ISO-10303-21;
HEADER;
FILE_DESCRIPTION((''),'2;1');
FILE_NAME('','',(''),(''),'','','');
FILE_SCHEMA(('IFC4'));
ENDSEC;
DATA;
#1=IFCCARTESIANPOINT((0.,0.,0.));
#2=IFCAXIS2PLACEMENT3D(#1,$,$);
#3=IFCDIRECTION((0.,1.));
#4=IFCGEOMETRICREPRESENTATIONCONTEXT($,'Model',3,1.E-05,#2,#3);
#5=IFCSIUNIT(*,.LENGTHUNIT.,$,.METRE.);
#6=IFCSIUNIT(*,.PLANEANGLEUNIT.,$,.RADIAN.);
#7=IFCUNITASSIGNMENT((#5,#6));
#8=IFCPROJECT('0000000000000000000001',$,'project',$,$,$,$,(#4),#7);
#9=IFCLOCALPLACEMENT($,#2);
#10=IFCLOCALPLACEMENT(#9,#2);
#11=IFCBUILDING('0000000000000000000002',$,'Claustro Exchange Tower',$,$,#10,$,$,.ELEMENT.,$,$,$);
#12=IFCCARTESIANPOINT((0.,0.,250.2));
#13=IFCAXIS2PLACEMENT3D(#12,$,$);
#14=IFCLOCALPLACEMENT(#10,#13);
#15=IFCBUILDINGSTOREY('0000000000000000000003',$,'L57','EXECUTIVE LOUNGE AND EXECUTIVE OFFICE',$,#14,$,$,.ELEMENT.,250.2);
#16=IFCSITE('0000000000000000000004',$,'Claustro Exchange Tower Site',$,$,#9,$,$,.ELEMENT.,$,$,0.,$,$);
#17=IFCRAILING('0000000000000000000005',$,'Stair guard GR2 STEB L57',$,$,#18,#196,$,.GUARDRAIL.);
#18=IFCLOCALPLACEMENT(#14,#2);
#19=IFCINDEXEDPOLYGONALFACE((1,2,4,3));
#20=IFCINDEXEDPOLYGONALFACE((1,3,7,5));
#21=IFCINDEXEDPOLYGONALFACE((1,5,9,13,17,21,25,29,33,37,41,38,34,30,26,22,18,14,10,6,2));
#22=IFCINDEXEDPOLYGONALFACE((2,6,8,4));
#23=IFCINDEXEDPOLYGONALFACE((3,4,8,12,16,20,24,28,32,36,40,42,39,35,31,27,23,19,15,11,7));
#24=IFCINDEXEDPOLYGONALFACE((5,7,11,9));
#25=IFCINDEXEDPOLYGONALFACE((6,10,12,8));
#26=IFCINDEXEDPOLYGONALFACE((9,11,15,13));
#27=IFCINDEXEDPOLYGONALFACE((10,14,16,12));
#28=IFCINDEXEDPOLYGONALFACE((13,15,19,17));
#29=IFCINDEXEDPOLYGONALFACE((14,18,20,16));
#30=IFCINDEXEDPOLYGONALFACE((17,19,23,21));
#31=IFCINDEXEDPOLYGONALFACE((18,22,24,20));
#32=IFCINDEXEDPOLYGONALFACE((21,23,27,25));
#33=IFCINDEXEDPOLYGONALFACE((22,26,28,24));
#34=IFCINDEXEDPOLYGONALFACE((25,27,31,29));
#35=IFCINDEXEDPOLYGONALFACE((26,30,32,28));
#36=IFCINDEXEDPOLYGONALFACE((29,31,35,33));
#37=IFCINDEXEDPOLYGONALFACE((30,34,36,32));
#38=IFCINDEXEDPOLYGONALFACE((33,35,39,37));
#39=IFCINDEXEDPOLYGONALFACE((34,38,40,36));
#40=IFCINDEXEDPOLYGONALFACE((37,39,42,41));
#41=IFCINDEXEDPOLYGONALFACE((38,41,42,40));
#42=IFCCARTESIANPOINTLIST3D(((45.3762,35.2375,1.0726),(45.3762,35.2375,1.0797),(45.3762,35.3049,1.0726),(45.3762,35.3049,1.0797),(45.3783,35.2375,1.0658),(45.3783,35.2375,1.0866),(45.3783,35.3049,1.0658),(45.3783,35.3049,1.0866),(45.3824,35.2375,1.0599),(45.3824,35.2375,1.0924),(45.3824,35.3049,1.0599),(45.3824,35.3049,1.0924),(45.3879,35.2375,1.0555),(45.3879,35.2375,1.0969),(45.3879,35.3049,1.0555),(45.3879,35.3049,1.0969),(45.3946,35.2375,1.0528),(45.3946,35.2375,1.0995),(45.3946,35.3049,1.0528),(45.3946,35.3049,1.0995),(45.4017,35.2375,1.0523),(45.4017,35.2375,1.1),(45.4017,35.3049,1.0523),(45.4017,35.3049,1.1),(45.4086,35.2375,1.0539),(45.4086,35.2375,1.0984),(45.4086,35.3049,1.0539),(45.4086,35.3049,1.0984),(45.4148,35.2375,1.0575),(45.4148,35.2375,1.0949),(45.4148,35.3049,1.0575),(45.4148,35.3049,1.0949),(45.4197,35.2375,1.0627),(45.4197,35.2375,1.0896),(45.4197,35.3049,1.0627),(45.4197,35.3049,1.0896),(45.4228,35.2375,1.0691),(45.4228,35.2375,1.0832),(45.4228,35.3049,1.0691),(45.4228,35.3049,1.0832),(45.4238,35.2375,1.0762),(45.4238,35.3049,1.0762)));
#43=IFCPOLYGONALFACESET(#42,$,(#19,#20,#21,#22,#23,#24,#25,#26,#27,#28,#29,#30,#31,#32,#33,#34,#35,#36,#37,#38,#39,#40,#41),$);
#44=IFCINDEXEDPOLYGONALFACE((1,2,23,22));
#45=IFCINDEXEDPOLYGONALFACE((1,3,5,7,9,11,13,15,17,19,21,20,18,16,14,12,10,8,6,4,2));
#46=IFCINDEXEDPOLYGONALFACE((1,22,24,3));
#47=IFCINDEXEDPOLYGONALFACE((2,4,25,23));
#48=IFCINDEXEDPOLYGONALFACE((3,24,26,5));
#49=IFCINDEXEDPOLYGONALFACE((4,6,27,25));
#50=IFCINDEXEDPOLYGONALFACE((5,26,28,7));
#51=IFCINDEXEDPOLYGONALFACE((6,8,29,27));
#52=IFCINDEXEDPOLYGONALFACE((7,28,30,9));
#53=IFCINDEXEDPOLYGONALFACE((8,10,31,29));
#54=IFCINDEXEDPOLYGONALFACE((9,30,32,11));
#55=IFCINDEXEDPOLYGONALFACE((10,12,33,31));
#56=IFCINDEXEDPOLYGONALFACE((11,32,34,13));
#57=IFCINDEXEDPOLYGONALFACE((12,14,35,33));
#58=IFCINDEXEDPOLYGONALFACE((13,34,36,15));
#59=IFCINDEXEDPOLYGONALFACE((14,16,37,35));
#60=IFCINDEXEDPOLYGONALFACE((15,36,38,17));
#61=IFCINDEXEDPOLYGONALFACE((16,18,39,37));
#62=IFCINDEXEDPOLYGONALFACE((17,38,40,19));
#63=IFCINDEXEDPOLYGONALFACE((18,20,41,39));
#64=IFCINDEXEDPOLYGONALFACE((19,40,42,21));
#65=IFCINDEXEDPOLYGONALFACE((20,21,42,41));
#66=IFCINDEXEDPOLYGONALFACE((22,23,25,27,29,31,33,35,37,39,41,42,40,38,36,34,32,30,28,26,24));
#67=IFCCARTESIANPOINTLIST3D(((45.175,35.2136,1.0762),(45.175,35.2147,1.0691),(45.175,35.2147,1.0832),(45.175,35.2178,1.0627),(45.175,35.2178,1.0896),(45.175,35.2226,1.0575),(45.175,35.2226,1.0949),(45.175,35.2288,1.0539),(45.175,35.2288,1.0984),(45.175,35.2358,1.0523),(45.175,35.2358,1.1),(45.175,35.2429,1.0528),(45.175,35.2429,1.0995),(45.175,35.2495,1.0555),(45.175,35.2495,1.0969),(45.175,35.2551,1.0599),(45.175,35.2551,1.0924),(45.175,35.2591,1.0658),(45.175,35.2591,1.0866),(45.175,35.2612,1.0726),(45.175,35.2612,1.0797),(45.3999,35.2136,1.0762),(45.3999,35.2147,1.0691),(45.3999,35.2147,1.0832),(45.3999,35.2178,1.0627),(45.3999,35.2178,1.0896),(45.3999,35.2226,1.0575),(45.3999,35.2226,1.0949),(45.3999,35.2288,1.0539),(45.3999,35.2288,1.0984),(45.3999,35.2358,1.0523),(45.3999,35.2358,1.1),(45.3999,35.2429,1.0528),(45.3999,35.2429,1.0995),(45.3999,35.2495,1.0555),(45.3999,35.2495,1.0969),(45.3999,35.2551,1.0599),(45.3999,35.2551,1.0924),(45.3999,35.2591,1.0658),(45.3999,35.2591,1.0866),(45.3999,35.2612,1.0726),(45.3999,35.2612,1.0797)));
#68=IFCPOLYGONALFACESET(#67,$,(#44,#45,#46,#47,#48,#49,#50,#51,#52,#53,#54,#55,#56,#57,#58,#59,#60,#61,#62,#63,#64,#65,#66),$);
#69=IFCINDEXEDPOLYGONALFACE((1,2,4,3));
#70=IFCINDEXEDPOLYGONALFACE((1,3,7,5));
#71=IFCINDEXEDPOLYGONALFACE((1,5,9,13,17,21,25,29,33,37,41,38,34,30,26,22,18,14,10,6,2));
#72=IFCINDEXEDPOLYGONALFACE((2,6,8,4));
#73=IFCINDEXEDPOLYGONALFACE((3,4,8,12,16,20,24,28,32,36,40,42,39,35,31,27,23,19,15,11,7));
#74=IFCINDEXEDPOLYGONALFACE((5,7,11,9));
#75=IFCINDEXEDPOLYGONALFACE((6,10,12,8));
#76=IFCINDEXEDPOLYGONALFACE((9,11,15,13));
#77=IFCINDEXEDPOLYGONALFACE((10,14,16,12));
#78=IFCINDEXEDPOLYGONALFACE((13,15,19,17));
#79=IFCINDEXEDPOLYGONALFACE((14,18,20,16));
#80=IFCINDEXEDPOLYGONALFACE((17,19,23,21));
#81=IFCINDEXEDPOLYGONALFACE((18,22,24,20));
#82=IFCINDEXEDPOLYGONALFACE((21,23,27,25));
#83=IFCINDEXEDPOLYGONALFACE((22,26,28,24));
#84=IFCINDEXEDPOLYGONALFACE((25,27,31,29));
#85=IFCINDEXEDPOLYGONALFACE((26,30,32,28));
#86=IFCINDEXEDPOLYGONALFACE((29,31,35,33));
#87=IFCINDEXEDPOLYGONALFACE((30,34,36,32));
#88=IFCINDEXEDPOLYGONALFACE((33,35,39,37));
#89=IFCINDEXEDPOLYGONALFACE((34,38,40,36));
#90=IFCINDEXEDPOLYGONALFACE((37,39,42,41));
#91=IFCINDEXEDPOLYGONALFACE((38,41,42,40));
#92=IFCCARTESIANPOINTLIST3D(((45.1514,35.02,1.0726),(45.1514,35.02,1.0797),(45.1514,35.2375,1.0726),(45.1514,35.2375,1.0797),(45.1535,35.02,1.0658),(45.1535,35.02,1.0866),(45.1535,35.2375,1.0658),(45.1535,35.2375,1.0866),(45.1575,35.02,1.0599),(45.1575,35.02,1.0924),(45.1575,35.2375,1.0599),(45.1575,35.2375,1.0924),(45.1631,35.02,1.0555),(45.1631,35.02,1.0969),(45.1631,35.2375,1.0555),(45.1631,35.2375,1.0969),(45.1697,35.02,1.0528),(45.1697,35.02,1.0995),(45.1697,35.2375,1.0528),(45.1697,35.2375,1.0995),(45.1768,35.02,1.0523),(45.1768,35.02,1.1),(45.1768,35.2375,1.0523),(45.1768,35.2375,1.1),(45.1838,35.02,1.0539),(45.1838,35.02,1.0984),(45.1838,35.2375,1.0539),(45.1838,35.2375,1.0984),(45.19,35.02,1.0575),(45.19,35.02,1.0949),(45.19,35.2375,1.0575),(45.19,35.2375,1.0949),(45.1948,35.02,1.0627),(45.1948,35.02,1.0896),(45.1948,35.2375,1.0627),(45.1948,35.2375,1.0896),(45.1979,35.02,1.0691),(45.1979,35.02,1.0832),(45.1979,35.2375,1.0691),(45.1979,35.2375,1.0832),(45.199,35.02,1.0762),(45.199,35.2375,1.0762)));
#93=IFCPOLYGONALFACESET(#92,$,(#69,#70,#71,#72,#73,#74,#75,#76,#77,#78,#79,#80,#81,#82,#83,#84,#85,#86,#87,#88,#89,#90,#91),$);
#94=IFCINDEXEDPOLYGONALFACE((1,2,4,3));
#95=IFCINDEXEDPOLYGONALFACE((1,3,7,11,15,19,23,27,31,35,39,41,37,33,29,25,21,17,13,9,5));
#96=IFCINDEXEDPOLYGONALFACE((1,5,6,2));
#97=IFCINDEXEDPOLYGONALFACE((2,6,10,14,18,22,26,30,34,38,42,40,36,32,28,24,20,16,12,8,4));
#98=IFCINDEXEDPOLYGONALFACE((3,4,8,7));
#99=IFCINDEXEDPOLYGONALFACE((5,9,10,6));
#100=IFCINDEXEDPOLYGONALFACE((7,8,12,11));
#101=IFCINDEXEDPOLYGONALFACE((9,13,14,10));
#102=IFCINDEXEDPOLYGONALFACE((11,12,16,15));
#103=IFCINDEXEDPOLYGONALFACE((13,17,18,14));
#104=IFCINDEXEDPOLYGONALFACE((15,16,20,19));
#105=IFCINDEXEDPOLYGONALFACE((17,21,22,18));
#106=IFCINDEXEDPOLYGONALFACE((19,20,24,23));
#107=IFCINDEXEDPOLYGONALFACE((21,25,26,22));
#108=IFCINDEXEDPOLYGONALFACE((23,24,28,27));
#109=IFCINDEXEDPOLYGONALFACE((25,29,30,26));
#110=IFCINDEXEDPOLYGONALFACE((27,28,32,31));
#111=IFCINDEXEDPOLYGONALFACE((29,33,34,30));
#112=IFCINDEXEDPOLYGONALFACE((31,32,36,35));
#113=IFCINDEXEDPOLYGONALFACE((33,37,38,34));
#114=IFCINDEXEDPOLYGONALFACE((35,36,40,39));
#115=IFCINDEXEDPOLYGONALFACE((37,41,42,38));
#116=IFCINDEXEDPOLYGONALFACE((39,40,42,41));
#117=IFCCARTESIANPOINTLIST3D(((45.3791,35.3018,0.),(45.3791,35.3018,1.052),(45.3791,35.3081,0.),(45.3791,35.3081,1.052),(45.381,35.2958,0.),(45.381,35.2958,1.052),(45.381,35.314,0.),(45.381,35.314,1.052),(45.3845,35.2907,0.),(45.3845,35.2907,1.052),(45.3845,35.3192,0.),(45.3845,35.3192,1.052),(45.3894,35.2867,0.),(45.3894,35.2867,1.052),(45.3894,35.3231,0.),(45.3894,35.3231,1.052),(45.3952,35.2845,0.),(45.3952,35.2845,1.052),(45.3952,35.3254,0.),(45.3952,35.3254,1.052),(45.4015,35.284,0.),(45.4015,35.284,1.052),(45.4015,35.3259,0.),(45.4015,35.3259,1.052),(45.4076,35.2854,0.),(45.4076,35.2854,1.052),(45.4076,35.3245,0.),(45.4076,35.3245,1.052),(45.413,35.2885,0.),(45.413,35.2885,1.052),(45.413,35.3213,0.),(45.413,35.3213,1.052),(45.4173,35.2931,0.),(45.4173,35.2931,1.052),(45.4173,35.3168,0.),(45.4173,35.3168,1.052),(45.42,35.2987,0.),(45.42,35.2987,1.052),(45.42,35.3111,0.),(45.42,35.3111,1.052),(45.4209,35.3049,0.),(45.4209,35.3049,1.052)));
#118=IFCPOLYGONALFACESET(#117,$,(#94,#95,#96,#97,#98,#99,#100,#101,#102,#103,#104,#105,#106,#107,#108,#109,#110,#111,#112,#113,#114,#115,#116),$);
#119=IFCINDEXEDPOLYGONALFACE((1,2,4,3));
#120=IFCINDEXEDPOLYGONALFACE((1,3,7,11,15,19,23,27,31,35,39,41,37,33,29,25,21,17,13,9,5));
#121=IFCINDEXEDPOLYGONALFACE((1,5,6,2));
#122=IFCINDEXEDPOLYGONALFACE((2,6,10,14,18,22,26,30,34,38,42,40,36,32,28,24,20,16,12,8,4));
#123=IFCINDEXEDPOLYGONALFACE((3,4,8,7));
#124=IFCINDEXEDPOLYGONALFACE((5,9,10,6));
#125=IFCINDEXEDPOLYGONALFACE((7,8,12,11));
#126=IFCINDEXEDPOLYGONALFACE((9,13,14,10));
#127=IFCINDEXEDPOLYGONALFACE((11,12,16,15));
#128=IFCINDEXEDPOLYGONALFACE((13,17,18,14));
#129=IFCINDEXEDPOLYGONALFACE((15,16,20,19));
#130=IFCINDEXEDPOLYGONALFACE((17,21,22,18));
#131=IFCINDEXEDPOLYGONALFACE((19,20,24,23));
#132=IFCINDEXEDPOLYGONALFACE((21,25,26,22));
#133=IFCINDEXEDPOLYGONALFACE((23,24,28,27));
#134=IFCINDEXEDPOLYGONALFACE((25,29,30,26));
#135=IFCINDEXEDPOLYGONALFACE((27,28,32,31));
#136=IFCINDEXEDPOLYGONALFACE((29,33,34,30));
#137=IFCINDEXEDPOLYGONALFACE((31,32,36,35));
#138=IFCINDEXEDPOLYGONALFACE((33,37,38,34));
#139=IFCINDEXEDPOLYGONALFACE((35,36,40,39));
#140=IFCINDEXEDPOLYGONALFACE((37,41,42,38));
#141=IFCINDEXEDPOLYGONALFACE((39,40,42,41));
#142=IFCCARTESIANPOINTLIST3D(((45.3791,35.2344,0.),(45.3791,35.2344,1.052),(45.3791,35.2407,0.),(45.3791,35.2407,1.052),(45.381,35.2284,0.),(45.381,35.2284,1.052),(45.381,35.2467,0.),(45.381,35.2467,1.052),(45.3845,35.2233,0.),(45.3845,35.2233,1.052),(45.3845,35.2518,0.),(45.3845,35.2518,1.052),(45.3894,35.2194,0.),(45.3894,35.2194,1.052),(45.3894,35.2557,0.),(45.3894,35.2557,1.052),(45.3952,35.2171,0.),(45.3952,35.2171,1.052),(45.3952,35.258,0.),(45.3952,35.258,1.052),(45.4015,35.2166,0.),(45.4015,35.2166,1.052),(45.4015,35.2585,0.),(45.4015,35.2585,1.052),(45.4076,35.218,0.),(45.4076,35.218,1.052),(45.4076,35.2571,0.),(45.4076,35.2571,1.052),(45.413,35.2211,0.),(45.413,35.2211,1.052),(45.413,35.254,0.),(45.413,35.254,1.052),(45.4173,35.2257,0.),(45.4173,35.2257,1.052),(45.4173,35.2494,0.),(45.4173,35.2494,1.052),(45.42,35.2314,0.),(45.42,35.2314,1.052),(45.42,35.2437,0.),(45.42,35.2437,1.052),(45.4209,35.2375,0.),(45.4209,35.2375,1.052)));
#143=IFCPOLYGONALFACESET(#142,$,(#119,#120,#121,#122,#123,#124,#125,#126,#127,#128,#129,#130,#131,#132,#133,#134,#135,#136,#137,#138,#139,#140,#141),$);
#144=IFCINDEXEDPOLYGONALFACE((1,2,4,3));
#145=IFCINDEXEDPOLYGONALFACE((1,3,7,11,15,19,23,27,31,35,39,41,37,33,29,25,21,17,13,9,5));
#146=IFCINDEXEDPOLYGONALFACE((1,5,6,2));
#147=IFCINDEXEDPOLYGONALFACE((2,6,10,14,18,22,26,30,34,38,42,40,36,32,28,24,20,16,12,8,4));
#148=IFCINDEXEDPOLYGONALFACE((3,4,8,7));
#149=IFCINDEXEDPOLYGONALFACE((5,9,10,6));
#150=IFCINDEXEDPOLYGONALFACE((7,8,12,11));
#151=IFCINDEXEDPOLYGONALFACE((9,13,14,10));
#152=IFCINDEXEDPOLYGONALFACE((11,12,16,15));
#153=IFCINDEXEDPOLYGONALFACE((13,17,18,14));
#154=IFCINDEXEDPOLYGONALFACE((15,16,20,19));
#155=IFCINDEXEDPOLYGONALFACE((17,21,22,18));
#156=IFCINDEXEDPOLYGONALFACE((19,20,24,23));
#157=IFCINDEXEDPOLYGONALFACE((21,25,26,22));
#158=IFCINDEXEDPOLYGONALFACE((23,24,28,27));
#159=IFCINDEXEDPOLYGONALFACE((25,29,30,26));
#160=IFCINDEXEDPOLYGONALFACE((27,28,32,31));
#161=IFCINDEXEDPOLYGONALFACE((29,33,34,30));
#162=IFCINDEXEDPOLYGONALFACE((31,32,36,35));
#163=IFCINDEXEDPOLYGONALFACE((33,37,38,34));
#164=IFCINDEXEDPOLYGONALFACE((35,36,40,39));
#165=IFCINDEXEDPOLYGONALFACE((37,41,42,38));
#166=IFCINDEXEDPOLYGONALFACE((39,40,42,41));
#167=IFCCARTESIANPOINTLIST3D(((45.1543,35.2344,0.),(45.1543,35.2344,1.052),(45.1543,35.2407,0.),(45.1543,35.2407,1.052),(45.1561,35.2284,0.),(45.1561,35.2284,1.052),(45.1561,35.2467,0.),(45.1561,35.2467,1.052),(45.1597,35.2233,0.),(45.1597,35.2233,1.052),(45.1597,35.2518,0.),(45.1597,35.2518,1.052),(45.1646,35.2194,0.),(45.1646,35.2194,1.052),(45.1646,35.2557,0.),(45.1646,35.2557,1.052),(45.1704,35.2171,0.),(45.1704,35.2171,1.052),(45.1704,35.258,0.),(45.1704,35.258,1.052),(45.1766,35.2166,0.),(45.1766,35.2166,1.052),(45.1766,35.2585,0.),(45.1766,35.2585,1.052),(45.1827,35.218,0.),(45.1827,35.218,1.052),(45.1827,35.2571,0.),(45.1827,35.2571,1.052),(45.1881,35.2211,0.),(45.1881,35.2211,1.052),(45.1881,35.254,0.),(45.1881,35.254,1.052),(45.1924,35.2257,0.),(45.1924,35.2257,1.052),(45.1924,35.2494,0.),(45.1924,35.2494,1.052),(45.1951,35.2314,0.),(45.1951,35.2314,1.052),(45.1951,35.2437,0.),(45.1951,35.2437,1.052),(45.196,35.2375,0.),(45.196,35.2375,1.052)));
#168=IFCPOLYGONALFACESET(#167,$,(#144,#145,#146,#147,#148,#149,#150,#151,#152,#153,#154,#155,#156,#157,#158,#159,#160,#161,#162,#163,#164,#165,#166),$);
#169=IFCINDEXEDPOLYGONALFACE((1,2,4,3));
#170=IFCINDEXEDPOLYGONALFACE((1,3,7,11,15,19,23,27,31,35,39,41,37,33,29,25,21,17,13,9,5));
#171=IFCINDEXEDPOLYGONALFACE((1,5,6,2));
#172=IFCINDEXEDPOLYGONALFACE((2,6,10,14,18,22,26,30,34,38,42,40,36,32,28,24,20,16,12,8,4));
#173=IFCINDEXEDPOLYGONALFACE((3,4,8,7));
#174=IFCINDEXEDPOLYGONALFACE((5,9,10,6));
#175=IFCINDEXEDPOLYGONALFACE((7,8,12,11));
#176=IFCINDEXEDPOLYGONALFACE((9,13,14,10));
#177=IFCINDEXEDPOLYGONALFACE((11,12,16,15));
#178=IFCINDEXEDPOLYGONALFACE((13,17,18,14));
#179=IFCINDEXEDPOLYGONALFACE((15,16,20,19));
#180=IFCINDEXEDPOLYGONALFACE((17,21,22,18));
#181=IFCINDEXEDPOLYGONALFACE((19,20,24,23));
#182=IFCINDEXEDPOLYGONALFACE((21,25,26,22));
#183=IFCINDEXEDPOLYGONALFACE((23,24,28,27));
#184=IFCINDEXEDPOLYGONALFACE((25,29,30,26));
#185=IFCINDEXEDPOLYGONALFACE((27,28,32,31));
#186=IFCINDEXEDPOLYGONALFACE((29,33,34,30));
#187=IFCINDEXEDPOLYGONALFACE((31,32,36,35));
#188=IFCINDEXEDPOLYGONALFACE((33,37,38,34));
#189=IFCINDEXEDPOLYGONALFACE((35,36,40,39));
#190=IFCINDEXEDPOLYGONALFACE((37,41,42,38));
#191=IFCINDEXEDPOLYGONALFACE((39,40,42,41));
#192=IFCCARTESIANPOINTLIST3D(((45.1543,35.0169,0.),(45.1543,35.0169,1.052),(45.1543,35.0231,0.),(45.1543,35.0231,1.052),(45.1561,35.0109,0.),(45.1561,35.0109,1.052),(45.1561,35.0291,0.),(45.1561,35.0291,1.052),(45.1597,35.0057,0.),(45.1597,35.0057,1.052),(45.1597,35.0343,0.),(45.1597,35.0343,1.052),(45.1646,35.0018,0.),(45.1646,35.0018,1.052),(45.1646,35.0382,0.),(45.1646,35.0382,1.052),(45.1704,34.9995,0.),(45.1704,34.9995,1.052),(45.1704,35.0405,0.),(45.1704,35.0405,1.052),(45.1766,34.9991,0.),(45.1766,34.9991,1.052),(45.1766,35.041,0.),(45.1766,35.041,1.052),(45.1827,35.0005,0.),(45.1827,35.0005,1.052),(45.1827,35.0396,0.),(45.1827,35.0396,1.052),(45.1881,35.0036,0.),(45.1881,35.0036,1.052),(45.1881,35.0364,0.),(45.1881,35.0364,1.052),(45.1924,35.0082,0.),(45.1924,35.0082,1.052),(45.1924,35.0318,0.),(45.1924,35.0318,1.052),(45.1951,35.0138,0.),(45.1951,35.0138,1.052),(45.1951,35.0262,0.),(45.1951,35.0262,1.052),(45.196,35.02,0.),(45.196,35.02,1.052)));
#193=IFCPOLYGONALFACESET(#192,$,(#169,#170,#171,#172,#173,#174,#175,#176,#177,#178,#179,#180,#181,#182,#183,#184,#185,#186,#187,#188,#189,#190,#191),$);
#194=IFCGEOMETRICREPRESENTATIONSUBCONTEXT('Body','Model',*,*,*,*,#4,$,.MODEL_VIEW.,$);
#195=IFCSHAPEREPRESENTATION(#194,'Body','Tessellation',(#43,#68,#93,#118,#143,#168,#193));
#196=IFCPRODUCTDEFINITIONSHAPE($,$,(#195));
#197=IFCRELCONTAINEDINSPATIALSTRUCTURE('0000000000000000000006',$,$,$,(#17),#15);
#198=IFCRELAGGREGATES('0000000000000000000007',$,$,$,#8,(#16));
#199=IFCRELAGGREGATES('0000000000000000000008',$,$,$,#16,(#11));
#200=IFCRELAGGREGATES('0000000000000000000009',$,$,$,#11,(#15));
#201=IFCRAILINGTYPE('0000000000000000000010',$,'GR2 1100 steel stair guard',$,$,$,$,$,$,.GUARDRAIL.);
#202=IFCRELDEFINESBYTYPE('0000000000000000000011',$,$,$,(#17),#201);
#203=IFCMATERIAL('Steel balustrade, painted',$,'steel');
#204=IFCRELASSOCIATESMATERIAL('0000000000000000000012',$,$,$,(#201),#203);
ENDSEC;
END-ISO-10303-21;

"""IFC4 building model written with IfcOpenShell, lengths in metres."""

from ifc_helpers import new_model, si_unit, direction, frame, origin, origin_2d, place, context, subcontext, project, spatial, circle, extrude, material, type_object, element, save


model = new_model("IFC4")

# Units and contexts
model_context = context("Model", 3, precision=1e-05, world=origin(), true_north=direction((0.0, 1.0)))
body_context = subcontext(model_context, "Body", "Model", "MODEL_VIEW")
ifc_project = project(units=[si_unit("LENGTHUNIT", "METRE"), si_unit("PLANEANGLEUNIT", "RADIAN")], contexts=[model_context])

# Site, building, storey
site_placement = place(None, origin())
site = spatial("IfcSite", under=ifc_project, at=site_placement, Name="Claustro Exchange Tower Site", CompositionType="ELEMENT", RefElevation=0.0)
building_placement = place(site_placement, origin())
building = spatial("IfcBuilding", under=site, at=building_placement, Name="Claustro Exchange Tower", CompositionType="ELEMENT")
storey_placement = place(building_placement, frame((0.0, 0.0, 250.2)))
storey = spatial("IfcBuildingStorey", under=building, at=storey_placement, Name="L57", Description="EXECUTIVE LOUNGE AND EXECUTIVE OFFICE", CompositionType="ELEMENT", Elevation=250.2)

# Railing
ifc_material_1 = material(Name="Steel balustrade, painted", Category="steel")
railing_type_1 = type_object("IfcRailingType", Name="GR2 1100 steel stair guard", PredefinedType="GUARDRAIL", material=ifc_material_1)
railing_1_placement = place(storey_placement, frame((45.3999, 35.3049, 0.0)))
element("IfcRailing", 1, at=railing_1_placement, inside=storey, type_object=railing_type_1, Name="Stair guard GR2 STEB L57", PredefinedType="GUARDRAIL", context=body_context, shape_type="SweptSolid", body=[
    extrude(circle(Radius=0.0239, at=origin_2d()), frame((0.0, 0.0, 1.0762), z_axis=(0.0, -1.0, 0.0), x_axis=(1.0, 0.0, 0.0)), (0.0, 0.0, 1.0), 0.0674),
    extrude(circle(Radius=0.0239, at=origin_2d()), frame((0.0, -0.0674, 1.0762), z_axis=(-1.0, 0.0, 0.0), x_axis=(0.0, -1.0, 0.0)), (0.0, 0.0, 1.0), 0.2249),
    extrude(circle(Radius=0.0239, at=origin_2d()), frame((-0.2249, -0.0674, 1.0762), z_axis=(0.0, -1.0, 0.0), x_axis=(1.0, 0.0, 0.0)), (0.0, 0.0, 1.0), 0.2175),
    extrude(circle(Radius=0.021, at=origin_2d()), origin(), (0.0, 0.0, 1.0), 1.052),
    extrude(circle(Radius=0.021, at=origin_2d()), frame((0.0, -0.0674, 0.0)), (0.0, 0.0, 1.0), 1.052),
    extrude(circle(Radius=0.021, at=origin_2d()), frame((-0.2249, -0.0674, 0.0)), (0.0, 0.0, 1.0), 1.052),
    extrude(circle(Radius=0.021, at=origin_2d()), frame((-0.2249, -0.2849, 0.0)), (0.0, 0.0, 1.0), 1.052),
])

save(model, "model.ifc")
